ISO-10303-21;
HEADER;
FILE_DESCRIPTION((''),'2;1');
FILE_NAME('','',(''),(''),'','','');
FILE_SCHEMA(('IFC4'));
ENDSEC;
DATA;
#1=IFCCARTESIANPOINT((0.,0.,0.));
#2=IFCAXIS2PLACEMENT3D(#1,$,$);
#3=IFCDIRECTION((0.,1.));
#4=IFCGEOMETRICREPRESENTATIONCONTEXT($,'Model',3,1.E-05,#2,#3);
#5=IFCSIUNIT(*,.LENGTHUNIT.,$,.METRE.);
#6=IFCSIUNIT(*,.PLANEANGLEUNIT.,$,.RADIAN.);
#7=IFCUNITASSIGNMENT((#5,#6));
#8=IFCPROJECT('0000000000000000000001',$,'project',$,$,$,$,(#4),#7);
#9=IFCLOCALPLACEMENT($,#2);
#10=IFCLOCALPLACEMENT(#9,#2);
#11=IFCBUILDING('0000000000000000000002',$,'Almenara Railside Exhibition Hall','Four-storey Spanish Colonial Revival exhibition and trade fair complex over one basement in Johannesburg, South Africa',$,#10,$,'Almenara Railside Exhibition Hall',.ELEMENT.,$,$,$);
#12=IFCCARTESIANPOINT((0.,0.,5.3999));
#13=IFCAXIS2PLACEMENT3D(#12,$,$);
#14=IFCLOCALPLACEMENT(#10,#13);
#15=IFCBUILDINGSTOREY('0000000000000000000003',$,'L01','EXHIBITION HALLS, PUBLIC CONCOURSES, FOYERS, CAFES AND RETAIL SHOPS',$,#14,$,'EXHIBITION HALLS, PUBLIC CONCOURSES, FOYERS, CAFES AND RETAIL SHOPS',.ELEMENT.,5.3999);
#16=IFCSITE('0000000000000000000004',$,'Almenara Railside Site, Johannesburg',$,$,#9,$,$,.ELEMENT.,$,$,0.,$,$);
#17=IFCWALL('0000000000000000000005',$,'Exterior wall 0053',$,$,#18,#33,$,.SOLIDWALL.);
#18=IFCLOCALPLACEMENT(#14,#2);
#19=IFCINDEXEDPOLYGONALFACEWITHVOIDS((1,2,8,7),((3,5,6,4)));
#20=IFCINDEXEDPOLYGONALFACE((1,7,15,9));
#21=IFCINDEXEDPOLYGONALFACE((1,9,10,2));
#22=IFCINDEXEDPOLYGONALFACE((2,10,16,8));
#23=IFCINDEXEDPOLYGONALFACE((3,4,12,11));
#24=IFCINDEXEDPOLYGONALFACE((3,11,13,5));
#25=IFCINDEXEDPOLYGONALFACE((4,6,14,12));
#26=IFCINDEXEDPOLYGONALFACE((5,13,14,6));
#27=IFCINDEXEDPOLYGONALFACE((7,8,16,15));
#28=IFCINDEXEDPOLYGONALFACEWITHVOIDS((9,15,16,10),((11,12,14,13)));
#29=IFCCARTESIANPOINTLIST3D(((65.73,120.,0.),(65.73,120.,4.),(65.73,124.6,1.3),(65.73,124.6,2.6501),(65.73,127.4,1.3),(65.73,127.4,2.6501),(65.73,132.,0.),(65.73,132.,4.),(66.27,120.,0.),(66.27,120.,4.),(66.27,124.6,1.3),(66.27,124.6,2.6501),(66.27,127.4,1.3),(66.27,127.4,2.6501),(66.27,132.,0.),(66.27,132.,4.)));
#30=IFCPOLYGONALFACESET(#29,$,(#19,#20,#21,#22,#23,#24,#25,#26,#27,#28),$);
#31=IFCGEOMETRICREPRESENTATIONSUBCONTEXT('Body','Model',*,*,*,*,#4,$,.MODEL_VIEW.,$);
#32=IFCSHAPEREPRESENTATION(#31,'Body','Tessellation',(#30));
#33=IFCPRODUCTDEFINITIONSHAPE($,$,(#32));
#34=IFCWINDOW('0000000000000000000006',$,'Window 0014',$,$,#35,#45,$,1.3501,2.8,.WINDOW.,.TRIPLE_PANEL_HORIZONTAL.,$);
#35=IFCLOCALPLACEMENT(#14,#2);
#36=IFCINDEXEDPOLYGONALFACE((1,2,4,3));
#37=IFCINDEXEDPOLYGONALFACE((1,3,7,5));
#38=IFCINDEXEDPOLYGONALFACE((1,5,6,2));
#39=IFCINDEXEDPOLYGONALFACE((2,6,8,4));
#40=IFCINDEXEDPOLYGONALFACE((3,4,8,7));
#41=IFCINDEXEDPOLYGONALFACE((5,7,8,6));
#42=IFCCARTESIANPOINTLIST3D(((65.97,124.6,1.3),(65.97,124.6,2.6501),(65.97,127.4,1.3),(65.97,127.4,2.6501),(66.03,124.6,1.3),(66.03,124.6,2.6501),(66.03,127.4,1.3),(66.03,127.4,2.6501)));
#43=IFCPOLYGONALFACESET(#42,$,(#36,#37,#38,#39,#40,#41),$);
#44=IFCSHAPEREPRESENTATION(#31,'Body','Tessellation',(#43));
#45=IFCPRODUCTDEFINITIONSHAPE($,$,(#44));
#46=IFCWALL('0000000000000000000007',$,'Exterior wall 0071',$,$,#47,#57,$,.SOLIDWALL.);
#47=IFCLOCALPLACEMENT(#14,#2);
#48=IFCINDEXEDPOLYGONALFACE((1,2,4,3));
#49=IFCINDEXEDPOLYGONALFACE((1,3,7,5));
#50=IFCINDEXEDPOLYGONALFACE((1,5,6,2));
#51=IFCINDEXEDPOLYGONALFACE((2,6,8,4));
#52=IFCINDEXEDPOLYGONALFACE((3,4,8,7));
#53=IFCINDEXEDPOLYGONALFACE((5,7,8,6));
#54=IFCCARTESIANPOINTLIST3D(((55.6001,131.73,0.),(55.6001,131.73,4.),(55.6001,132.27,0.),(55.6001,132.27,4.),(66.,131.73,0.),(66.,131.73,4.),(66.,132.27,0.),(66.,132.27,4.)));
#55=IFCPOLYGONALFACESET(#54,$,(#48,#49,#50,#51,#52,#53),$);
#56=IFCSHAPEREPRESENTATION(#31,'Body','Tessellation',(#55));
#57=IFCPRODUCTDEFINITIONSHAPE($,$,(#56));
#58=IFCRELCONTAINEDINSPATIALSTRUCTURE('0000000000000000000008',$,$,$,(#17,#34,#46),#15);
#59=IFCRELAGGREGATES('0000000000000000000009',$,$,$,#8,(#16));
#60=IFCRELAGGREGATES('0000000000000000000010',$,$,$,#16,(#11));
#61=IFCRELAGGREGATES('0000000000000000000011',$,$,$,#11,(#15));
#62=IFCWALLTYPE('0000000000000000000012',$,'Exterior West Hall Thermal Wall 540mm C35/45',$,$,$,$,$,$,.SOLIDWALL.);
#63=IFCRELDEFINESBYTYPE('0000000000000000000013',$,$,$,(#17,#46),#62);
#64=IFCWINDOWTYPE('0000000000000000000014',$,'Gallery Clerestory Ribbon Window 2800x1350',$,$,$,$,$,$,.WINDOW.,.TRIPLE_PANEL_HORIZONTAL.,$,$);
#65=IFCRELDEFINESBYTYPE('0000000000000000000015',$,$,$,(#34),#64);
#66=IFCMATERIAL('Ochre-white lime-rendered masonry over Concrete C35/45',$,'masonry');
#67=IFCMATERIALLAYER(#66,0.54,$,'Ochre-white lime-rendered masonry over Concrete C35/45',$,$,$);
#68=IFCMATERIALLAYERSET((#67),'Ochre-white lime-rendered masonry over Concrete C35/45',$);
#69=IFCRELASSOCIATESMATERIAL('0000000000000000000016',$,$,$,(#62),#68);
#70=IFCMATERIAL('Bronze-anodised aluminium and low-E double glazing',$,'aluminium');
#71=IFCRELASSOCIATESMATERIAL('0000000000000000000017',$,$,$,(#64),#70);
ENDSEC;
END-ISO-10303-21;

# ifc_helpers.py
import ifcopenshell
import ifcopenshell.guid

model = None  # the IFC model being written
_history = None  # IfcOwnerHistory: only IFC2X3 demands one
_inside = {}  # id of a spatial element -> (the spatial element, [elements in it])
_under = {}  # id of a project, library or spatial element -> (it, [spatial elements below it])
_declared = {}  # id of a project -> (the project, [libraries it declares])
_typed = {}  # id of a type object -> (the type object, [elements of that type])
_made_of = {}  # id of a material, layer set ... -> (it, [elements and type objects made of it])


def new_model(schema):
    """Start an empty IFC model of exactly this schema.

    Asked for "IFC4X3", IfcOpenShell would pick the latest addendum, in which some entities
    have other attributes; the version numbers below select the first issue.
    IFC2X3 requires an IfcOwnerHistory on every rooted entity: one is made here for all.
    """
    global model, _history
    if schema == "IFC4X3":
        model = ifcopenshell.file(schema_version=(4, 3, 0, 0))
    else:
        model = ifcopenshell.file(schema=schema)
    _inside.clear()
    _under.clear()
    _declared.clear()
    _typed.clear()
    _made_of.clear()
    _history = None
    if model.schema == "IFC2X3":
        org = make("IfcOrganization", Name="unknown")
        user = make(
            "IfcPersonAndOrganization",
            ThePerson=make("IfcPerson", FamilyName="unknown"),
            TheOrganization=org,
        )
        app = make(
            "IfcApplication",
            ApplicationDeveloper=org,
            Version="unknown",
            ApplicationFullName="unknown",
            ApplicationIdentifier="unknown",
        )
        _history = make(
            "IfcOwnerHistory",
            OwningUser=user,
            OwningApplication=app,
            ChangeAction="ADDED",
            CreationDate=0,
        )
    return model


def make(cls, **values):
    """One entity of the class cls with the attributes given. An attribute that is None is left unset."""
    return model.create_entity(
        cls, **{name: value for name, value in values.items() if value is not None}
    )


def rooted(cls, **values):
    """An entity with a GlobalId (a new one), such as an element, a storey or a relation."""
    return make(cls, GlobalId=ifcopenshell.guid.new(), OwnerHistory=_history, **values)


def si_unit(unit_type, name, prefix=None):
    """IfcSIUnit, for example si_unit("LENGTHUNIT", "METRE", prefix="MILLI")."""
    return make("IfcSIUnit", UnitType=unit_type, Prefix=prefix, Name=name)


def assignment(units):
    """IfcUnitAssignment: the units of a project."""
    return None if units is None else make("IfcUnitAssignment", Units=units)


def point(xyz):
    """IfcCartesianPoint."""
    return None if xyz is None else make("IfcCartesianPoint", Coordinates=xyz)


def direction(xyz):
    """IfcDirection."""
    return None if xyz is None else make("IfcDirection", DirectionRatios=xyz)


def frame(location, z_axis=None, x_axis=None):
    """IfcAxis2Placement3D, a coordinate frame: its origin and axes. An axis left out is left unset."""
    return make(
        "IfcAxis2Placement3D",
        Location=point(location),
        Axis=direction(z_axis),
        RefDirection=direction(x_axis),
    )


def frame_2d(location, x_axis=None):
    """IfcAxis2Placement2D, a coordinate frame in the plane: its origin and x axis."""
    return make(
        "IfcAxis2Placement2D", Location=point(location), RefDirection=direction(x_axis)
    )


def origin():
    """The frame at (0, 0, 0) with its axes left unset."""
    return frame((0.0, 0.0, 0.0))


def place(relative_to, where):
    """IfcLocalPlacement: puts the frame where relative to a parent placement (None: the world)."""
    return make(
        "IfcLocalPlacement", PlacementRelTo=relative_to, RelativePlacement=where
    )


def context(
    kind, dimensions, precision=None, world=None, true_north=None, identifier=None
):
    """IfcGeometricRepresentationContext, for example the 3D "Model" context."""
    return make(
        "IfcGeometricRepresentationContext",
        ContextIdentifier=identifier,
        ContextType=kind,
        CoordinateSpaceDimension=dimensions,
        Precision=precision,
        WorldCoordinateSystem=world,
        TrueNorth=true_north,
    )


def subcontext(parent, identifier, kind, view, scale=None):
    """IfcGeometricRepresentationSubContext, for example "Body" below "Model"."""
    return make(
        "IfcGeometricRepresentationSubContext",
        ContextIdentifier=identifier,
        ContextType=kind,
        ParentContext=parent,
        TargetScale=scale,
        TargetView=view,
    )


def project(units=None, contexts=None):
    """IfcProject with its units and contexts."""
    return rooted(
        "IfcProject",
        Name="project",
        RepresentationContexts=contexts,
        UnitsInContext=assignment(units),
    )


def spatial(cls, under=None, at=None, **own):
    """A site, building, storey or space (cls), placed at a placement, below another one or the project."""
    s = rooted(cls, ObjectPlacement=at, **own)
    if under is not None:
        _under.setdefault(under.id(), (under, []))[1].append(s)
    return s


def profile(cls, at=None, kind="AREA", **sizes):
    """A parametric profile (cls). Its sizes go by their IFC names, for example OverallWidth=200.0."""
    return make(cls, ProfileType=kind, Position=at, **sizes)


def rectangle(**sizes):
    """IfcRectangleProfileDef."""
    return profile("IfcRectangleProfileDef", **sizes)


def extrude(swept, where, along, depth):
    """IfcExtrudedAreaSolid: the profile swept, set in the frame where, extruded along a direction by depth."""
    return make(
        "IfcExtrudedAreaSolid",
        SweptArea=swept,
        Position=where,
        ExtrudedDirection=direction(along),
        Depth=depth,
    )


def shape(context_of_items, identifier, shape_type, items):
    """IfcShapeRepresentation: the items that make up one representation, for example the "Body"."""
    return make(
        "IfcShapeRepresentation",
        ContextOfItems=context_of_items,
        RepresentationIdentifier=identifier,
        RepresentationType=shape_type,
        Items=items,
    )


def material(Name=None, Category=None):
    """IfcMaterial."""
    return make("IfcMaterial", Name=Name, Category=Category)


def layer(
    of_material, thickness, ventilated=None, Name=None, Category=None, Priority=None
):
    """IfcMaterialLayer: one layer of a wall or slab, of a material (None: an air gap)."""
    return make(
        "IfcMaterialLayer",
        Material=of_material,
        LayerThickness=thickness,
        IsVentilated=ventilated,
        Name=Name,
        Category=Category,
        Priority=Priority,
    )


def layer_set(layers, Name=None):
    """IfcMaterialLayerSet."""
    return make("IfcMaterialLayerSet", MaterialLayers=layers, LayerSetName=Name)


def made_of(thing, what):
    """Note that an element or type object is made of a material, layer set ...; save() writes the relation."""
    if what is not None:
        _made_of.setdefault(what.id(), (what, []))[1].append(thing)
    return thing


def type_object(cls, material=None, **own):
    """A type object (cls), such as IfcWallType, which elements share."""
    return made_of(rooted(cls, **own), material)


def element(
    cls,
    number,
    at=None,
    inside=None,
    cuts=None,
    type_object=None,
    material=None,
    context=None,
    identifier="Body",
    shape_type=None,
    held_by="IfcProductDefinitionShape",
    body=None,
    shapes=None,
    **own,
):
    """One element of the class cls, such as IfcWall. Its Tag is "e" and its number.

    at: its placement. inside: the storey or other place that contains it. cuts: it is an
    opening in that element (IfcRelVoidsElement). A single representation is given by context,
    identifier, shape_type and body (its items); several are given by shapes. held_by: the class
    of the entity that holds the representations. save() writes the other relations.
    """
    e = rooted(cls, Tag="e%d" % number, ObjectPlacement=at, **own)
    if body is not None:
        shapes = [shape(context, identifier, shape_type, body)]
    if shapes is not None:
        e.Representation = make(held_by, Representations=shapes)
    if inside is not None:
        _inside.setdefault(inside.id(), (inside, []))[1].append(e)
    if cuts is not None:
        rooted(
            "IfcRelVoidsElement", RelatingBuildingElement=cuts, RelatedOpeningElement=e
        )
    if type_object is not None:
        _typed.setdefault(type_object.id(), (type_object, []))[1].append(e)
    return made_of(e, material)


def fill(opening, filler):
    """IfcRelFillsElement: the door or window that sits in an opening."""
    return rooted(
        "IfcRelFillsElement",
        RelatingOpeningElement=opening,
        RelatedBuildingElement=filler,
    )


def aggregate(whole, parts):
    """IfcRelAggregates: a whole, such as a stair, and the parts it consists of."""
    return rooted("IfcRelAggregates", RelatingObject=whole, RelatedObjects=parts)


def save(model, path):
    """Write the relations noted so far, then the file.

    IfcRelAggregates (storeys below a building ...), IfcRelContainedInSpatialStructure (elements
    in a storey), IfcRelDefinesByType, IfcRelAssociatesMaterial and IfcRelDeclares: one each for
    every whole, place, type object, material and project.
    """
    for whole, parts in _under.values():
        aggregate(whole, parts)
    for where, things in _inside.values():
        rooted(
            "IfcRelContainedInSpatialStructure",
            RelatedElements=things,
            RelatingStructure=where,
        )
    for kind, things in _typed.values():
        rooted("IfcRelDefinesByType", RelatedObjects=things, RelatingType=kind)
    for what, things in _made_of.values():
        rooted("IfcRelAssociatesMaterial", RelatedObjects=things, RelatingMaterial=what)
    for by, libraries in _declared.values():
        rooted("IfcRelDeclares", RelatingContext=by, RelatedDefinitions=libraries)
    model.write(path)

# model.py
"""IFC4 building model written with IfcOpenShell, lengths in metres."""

from ifc_helpers import new_model, si_unit, direction, frame, frame_2d, origin, place, context, subcontext, project, spatial, rectangle, extrude, material, layer, layer_set, type_object, element, fill, save


model = new_model("IFC4")

# Units and contexts
model_context = context("Model", 3, precision=1e-05, world=origin(), true_north=direction((0.0, 1.0)))
body_context = subcontext(model_context, "Body", "Model", "MODEL_VIEW")
ifc_project = project(units=[si_unit("LENGTHUNIT", "METRE"), si_unit("PLANEANGLEUNIT", "RADIAN")], contexts=[model_context])

# Site, building, storey
site_placement = place(None, origin())
site = spatial("IfcSite", under=ifc_project, at=site_placement, Name="Almenara Railside Site, Johannesburg", CompositionType="ELEMENT", RefElevation=0.0)
building_placement = place(site_placement, origin())
building = spatial("IfcBuilding", under=site, at=building_placement, Name="Almenara Railside Exhibition Hall", Description="Four-storey Spanish Colonial Revival exhibition and trade fair complex over one basement in Johannesburg, South Africa", LongName="Almenara Railside Exhibition Hall", CompositionType="ELEMENT")
storey_placement = place(building_placement, frame((0.0, 0.0, 5.3999)))
storey = spatial("IfcBuildingStorey", under=building, at=storey_placement, Name="L01", Description="EXHIBITION HALLS, PUBLIC CONCOURSES, FOYERS, CAFES AND RETAIL SHOPS", LongName="EXHIBITION HALLS, PUBLIC CONCOURSES, FOYERS, CAFES AND RETAIL SHOPS", CompositionType="ELEMENT", Elevation=5.3999)

# Shared definitions
ifc_material_1 = material(Name="Bronze-anodised aluminium and low-E double glazing", Category="aluminium")

# Shared definitions
ifc_material_2 = material(Name="Ochre-white lime-rendered masonry over Concrete C35/45", Category="masonry")

# Wall, opening, window
ifc_layer_1 = layer(ifc_material_2, 0.54, Name="Ochre-white lime-rendered masonry over Concrete C35/45")
ifc_layer_set_1 = layer_set([ifc_layer_1], Name="Ochre-white lime-rendered masonry over Concrete C35/45")
wall_type_1 = type_object("IfcWallType", Name="Exterior West Hall Thermal Wall 540mm C35/45", PredefinedType="SOLIDWALL", material=ifc_layer_set_1)
wall_1_placement = place(storey_placement, frame((66.0, 120.0, 0.0), z_axis=(0.0, 0.0, 1.0), x_axis=(0.0, 1.0, 0.0)))
wall_1 = element("IfcWall", 1, at=wall_1_placement, inside=storey, type_object=wall_type_1, Name="Exterior wall 0053", PredefinedType="SOLIDWALL", context=body_context, shape_type="SweptSolid", body=[
    extrude(rectangle(XDim=12.0, YDim=0.54, at=frame_2d((6.0, 0.0))), origin(), (0.0, 0.0, 1.0), 4.0),
])
opening_placement = place(wall_1_placement, frame((4.6001, 0.0, 1.3)))
opening = element("IfcOpeningElement", 2, at=opening_placement, cuts=wall_1, PredefinedType="OPENING", context=body_context, shape_type="SweptSolid", body=[
    extrude(rectangle(XDim=2.8, YDim=1.3501, at=frame_2d((1.3999, 0.675))), frame((0.0, 0.28, 0.0), z_axis=(0.0, -1.0, 0.0), x_axis=(1.0, 0.0, 0.0)), (0.0, 0.0, 1.0), 0.5601),
])
window_type = type_object("IfcWindowType", Name="Gallery Clerestory Ribbon Window 2800x1350", PartitioningType="TRIPLE_PANEL_HORIZONTAL", PredefinedType="WINDOW", material=ifc_material_1)
window_placement = place(opening_placement, origin())
window = element("IfcWindow", 3, at=window_placement, inside=storey, type_object=window_type, Name="Window 0014", OverallHeight=1.3501, OverallWidth=2.8, PartitioningType="TRIPLE_PANEL_HORIZONTAL", PredefinedType="WINDOW", context=body_context, shape_type="SweptSolid", body=[
    extrude(rectangle(XDim=2.8, YDim=1.3501, at=frame_2d((1.3999, 0.675))), frame((0.0, 0.03, 0.0), z_axis=(0.0, -1.0, 0.0), x_axis=(1.0, 0.0, 0.0)), (0.0, 0.0, 1.0), 0.0601),
])
fill(opening, window)

# Wall
wall_2_placement = place(storey_placement, frame((66.0, 132.0, 0.0), z_axis=(0.0, 0.0, 1.0), x_axis=(-1.0, 0.0, 0.0)))
element("IfcWall", 4, at=wall_2_placement, inside=storey, type_object=wall_type_1, Name="Exterior wall 0071", PredefinedType="SOLIDWALL", context=body_context, shape_type="SweptSolid", body=[
    extrude(rectangle(XDim=10.3999, YDim=0.54, at=frame_2d((5.2, 0.0))), origin(), (0.0, 0.0, 1.0), 4.0),
])

save(model, "model.ifc")
